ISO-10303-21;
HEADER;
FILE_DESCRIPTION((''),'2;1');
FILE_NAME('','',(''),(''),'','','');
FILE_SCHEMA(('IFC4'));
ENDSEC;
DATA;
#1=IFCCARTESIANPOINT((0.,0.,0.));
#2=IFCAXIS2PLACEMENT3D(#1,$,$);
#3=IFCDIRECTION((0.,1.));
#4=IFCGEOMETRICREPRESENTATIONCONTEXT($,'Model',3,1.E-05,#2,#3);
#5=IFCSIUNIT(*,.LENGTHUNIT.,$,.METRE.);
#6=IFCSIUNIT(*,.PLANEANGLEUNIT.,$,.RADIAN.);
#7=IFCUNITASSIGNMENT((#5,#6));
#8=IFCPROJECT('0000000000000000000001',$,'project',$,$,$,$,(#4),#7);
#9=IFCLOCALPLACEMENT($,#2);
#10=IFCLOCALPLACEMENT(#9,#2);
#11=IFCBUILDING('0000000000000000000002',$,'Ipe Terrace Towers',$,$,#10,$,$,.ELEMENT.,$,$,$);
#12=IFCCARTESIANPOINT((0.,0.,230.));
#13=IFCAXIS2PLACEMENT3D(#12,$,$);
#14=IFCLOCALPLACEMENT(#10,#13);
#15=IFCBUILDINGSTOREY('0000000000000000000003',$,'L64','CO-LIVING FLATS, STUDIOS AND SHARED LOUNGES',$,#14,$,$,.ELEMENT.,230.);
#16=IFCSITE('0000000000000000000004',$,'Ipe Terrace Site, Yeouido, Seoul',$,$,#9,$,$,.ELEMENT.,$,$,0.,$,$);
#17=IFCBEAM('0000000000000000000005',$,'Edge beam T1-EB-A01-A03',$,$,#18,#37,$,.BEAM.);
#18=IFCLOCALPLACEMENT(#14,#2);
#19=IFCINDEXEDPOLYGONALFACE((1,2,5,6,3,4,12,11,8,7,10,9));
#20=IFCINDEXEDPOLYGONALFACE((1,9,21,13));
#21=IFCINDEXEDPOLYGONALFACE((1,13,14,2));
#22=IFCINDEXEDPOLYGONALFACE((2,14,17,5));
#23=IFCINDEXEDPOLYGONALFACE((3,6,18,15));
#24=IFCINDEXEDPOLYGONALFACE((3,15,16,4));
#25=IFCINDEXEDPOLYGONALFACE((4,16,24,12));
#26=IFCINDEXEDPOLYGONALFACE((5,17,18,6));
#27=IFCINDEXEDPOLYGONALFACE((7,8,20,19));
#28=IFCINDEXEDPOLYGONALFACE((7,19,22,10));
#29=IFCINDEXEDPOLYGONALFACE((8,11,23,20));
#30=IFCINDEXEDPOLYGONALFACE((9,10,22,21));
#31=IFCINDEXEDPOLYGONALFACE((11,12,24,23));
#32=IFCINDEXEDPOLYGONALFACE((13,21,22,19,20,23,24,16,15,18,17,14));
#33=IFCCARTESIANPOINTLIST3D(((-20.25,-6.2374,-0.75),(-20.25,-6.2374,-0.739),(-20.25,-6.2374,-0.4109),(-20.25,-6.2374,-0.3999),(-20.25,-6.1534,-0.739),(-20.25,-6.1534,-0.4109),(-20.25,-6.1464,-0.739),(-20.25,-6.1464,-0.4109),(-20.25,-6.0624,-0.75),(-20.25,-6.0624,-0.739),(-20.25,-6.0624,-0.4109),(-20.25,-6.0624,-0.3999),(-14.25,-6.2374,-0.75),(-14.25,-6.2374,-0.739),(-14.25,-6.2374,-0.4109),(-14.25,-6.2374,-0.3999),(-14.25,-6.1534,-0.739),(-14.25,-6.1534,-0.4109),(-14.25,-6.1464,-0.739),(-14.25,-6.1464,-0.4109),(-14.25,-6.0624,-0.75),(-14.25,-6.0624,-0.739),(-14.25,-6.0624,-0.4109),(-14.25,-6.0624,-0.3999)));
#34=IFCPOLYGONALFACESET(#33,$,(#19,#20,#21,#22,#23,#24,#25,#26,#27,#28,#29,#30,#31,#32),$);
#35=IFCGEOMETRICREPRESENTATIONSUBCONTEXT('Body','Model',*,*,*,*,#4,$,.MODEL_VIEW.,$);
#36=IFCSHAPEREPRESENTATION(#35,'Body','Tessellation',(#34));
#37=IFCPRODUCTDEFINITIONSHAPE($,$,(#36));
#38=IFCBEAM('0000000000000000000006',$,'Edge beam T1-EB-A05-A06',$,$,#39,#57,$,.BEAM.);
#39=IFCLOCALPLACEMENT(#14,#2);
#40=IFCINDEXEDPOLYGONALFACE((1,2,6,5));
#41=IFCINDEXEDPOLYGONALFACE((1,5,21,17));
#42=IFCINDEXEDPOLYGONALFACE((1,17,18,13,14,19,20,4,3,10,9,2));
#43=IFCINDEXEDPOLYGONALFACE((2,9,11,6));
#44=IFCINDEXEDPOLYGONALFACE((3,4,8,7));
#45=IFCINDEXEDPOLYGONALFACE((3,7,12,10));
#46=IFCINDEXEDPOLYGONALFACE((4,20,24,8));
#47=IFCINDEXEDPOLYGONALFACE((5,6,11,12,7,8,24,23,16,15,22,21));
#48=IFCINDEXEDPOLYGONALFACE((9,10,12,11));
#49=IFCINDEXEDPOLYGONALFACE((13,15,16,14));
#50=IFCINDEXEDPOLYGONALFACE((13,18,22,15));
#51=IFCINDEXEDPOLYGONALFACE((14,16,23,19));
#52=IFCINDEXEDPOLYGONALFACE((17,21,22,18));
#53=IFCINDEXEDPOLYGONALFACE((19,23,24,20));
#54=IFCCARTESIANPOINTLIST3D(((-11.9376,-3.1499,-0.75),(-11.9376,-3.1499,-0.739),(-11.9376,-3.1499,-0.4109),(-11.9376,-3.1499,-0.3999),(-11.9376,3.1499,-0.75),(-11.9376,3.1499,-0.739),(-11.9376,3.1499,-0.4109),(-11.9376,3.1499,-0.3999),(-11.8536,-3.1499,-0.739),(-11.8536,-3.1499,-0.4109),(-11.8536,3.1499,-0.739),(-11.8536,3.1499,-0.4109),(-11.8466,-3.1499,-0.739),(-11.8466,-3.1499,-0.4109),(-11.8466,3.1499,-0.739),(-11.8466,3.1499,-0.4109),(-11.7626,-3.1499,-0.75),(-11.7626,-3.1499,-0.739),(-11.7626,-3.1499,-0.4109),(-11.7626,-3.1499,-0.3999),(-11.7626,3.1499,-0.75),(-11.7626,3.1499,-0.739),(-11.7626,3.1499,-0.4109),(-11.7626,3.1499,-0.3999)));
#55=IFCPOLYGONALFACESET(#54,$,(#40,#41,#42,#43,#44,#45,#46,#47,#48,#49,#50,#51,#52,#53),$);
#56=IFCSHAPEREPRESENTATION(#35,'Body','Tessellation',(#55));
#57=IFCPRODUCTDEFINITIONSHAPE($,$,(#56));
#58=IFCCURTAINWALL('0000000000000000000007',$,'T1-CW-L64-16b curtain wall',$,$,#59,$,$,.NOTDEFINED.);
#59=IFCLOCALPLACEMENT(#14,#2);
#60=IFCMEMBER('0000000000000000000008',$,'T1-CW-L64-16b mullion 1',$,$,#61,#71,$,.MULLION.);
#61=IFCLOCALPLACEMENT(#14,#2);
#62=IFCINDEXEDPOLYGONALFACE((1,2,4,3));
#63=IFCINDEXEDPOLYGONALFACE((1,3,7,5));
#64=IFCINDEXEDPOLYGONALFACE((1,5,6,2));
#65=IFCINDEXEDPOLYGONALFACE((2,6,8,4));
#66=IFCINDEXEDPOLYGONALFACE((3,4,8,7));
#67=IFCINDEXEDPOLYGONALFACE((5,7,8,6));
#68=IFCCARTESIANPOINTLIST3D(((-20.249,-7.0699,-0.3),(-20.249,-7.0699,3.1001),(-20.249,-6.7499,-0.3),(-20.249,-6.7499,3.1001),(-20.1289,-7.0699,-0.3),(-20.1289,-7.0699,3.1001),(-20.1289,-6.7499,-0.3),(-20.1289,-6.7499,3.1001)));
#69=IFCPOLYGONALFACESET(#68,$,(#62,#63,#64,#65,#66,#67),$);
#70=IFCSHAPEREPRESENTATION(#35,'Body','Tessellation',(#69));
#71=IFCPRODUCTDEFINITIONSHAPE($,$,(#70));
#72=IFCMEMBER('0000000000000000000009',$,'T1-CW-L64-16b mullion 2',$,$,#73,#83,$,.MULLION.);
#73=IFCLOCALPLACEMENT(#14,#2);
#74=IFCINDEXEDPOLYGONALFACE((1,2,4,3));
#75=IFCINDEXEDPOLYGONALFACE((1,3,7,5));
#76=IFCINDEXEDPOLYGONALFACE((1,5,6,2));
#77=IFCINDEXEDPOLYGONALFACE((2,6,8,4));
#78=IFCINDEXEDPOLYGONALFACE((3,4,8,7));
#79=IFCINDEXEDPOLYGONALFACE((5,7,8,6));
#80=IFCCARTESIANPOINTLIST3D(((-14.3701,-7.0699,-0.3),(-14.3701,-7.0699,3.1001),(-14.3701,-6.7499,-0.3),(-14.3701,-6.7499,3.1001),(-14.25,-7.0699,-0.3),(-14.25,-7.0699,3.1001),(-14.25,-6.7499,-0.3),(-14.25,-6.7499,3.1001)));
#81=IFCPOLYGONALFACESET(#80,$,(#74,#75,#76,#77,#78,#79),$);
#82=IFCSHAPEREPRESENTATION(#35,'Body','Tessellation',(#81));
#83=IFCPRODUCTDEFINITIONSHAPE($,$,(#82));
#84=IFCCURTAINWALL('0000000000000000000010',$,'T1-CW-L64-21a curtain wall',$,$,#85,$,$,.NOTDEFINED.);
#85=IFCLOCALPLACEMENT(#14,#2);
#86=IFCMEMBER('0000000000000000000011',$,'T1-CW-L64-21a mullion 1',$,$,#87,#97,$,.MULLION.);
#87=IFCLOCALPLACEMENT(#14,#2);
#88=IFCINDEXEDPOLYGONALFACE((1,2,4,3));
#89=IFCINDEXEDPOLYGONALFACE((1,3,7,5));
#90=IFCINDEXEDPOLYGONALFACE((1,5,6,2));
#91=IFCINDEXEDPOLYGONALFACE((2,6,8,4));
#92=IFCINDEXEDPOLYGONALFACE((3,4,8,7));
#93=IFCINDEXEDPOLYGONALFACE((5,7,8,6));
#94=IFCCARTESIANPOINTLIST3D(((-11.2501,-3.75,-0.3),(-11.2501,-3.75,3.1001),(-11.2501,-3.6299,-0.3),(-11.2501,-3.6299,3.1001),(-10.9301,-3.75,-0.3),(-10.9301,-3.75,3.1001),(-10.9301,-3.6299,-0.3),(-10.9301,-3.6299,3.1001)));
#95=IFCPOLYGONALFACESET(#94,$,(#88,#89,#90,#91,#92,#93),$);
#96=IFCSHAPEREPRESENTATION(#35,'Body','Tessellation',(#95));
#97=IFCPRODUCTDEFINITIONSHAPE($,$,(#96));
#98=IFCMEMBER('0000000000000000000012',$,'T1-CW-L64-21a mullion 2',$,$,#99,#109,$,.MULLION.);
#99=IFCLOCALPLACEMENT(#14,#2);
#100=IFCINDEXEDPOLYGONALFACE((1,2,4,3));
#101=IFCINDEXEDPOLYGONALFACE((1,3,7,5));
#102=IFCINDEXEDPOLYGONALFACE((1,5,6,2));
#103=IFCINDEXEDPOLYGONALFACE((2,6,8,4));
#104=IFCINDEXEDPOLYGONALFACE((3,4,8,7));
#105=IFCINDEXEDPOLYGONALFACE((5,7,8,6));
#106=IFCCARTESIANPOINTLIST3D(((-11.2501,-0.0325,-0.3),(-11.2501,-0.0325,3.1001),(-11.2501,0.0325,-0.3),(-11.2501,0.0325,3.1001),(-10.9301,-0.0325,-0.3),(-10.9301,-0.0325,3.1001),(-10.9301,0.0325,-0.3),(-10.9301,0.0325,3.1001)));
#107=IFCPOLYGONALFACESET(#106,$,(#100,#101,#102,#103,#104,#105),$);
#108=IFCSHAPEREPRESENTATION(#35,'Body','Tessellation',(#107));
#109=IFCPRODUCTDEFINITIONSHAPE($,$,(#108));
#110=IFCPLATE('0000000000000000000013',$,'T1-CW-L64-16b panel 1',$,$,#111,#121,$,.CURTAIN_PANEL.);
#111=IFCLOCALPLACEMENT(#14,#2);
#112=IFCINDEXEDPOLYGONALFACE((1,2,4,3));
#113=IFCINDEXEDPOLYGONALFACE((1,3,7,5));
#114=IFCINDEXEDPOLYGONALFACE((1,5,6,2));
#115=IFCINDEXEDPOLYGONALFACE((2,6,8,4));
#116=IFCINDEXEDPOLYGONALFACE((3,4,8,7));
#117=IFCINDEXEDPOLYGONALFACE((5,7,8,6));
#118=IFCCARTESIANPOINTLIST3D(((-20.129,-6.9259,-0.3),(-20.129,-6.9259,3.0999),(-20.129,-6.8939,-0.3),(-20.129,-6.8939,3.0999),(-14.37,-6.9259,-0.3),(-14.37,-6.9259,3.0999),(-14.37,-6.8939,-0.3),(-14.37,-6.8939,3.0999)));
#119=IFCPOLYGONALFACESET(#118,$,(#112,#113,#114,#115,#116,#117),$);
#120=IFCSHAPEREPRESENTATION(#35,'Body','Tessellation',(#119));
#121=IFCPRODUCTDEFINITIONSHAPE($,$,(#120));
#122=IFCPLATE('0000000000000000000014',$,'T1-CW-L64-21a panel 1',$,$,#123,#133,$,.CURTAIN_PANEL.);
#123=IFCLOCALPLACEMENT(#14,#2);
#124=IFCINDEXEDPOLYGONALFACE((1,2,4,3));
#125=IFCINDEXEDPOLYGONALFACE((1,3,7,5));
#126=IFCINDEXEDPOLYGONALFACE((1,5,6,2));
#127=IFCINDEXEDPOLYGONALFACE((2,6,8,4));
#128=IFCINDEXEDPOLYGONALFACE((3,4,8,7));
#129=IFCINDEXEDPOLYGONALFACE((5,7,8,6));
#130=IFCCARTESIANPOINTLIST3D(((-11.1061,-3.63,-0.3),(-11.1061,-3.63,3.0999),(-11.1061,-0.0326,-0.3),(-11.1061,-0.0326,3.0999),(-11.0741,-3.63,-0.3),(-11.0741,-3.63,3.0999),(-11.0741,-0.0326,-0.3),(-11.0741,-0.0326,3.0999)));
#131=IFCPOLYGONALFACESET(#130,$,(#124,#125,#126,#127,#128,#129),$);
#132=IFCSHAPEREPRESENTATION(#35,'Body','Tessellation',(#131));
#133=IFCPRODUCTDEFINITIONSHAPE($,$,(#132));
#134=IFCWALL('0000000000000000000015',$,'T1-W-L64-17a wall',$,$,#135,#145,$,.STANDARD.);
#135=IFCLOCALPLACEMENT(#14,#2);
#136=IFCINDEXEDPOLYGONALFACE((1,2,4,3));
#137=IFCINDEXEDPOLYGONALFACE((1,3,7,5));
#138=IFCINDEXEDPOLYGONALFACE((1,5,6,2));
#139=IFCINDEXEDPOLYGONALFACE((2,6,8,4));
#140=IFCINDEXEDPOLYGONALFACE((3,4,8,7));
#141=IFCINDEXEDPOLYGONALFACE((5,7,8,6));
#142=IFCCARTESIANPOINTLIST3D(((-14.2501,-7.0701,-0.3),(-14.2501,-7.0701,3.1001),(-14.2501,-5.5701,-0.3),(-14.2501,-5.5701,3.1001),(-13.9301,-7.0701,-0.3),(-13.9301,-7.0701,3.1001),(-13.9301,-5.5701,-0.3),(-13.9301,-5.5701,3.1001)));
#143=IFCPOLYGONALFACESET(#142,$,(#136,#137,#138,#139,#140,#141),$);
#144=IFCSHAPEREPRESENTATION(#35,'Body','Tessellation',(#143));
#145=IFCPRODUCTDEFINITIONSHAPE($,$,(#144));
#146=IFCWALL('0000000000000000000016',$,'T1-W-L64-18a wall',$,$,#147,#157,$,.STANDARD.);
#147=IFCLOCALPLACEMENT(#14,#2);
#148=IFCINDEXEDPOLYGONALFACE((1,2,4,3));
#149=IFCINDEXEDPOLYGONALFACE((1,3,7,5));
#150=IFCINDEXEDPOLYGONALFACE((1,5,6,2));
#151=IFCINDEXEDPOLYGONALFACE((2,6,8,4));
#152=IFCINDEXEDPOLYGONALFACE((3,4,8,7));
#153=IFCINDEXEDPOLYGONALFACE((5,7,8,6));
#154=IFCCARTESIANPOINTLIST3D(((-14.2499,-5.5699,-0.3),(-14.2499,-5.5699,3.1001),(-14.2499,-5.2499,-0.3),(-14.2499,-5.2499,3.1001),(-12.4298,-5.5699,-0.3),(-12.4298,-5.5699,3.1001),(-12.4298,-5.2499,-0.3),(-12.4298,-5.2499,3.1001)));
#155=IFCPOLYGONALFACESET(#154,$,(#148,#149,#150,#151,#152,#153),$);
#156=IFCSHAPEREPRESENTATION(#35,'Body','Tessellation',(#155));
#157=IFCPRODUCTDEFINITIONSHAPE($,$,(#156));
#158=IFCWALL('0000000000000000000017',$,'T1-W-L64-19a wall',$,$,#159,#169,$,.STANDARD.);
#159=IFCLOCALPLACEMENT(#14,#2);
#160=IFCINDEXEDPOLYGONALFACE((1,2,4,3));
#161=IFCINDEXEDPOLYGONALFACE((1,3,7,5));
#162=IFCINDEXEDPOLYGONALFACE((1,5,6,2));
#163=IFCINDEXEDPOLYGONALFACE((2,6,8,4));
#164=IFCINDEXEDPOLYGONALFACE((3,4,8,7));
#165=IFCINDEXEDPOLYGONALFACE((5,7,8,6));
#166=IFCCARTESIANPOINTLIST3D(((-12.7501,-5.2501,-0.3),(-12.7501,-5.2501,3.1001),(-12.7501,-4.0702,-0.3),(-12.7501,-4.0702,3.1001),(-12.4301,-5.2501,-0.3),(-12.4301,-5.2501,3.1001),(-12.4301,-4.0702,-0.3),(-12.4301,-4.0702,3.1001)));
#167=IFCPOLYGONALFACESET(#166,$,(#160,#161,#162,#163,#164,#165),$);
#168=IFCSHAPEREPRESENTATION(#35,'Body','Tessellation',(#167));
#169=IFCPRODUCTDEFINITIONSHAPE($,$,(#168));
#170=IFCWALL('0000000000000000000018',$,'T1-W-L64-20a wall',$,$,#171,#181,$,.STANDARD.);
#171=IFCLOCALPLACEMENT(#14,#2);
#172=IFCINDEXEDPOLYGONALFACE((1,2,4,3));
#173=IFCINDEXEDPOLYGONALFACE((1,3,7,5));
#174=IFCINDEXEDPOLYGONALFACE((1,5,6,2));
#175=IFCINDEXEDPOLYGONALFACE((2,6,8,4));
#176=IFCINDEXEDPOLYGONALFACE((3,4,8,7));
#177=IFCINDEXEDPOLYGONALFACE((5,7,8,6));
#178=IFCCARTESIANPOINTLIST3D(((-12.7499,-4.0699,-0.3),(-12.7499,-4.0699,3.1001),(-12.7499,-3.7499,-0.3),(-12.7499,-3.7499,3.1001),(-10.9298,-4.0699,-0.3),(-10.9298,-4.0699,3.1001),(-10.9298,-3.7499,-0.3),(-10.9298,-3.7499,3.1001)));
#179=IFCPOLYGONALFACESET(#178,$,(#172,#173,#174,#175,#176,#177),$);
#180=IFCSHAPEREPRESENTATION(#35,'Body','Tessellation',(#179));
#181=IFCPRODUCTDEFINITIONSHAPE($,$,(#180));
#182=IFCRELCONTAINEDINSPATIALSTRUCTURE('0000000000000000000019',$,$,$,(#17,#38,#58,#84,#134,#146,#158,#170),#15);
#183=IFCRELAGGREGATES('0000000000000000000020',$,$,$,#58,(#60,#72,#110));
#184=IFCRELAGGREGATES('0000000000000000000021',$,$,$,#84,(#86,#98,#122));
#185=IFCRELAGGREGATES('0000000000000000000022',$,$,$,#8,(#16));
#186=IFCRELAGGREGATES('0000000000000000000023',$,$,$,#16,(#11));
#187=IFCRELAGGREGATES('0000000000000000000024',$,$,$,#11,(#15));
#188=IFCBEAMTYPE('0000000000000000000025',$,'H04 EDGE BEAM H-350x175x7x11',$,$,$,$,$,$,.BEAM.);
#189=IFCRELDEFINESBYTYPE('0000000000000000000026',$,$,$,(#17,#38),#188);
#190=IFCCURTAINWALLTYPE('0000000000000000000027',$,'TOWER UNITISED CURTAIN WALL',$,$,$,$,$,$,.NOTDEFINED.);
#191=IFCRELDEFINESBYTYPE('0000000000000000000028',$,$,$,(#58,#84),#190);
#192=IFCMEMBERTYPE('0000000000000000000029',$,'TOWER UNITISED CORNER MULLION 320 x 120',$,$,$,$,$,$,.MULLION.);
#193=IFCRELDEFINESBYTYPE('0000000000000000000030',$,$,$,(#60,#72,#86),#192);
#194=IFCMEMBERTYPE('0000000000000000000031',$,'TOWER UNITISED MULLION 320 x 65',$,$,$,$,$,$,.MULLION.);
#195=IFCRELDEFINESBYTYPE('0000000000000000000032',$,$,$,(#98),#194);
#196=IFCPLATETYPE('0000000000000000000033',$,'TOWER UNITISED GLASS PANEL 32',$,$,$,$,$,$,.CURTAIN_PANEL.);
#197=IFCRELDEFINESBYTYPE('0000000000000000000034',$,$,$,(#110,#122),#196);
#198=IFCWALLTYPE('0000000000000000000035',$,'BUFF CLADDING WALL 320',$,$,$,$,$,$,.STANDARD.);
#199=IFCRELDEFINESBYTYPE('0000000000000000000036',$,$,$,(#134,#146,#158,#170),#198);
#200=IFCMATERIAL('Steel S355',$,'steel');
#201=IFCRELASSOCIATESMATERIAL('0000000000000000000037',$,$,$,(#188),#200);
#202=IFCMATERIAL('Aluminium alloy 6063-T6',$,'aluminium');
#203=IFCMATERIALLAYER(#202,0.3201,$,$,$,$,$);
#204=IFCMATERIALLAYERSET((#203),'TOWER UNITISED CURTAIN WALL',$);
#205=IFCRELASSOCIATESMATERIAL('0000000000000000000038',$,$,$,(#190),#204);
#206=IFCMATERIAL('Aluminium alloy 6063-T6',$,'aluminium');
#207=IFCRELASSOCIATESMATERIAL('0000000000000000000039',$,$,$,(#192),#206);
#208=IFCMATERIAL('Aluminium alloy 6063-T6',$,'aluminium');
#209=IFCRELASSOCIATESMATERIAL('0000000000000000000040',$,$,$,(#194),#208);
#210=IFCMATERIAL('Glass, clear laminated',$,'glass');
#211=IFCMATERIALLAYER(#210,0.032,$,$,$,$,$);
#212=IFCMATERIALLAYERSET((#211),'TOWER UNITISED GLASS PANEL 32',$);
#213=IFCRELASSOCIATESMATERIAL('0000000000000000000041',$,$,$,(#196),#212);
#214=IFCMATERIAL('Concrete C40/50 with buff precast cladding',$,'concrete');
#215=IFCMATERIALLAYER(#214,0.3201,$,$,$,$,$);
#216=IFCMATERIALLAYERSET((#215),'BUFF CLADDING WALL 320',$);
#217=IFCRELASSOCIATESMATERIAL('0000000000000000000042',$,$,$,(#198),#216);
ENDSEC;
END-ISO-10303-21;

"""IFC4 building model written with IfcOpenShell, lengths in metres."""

from ifc_helpers import new_model, si_unit, direction, frame, frame_2d, origin, origin_2d, place, context, subcontext, project, spatial, rectangle, i_section, extrude, material, layer, layer_set, material_profile, profile_set, type_object, element, aggregate, save


model = new_model("IFC4")

# Units and contexts
model_context = context("Model", 3, precision=1e-05, world=origin(), true_north=direction((0.0, 1.0)))
body_context = subcontext(model_context, "Body", "Model", "MODEL_VIEW")
ifc_project = project(units=[si_unit("LENGTHUNIT", "METRE"), si_unit("PLANEANGLEUNIT", "RADIAN")], contexts=[model_context])

# Site, building, storey
site_placement = place(None, origin())
site = spatial("IfcSite", under=ifc_project, at=site_placement, Name="Ipe Terrace Site, Yeouido, Seoul", CompositionType="ELEMENT", RefElevation=0.0)
building_placement = place(site_placement, origin())
building = spatial("IfcBuilding", under=site, at=building_placement, Name="Ipe Terrace Towers", CompositionType="ELEMENT")
storey_placement = place(building_placement, frame((0.0, 0.0, 230.0)))
storey = spatial("IfcBuildingStorey", under=building, at=storey_placement, Name="L64", Description="CO-LIVING FLATS, STUDIOS AND SHARED LOUNGES", CompositionType="ELEMENT", Elevation=230.0)

# Beams
ifc_material_1 = material(Name="Steel S355", Category="steel")
ifc_material_profile_1 = material_profile(ifc_material_1, i_section(OverallWidth=0.175, OverallDepth=0.3501, WebThickness=0.0071, FlangeThickness=0.011, at=origin_2d()), Name="H-350x175x7x11")
ifc_profile_set_1 = profile_set([ifc_material_profile_1], Name="Steel S355")
beam_type_1 = type_object("IfcBeamType", Name="H04 EDGE BEAM H-350x175x7x11", PredefinedType="BEAM", material=ifc_profile_set_1)
beam_1_placement = place(storey_placement, frame((-20.25, -6.1499, -0.575), z_axis=(1.0, 0.0, 0.0), x_axis=(0.0, 1.0, 0.0)))
element("IfcBeam", 1, at=beam_1_placement, inside=storey, type_object=beam_type_1, Name="Edge beam T1-EB-A01-A03", PredefinedType="BEAM", context=body_context, shape_type="SweptSolid", body=[
    extrude(i_section(OverallWidth=0.175, OverallDepth=0.3501, WebThickness=0.0071, FlangeThickness=0.011, at=origin_2d()), origin(), (0.0, 0.0, 1.0), 6.0),
])
beam_2_placement = place(storey_placement, frame((-11.8501, -3.1499, -0.575), z_axis=(0.0, 1.0, 0.0), x_axis=(-1.0, 0.0, 0.0)))
element("IfcBeam", 2, at=beam_2_placement, inside=storey, type_object=beam_type_1, Name="Edge beam T1-EB-A05-A06", PredefinedType="BEAM", context=body_context, shape_type="SweptSolid", body=[
    extrude(i_section(OverallWidth=0.175, OverallDepth=0.3501, WebThickness=0.0071, FlangeThickness=0.011, at=origin_2d()), origin(), (0.0, 0.0, 1.0), 6.2998),
])

# Curtain walls, members
ifc_material_2 = material(Name="Aluminium alloy 6063-T6", Category="aluminium")
ifc_layer_1 = layer(ifc_material_2, 0.3201)
ifc_layer_set_1 = layer_set([ifc_layer_1], Name="TOWER UNITISED CURTAIN WALL")
curtain_wall_type = type_object("IfcCurtainWallType", Name="TOWER UNITISED CURTAIN WALL", PredefinedType="NOTDEFINED", material=ifc_layer_set_1)
curtain_wall_1_placement = place(storey_placement, origin())
curtain_wall_1 = element("IfcCurtainWall", 3, at=curtain_wall_1_placement, inside=storey, type_object=curtain_wall_type, Name="T1-CW-L64-16b curtain wall", PredefinedType="NOTDEFINED")
ifc_material_3 = material(Name="Aluminium alloy 6063-T6", Category="aluminium")
ifc_material_profile_2 = material_profile(ifc_material_3, rectangle(XDim=0.3201, YDim=0.1201, at=origin_2d()), Name="TOWER UNITISED CORNER MULLION 320 x 120")
ifc_profile_set_2 = profile_set([ifc_material_profile_2], Name="Aluminium alloy 6063-T6")
member_type_1 = type_object("IfcMemberType", Name="TOWER UNITISED CORNER MULLION 320 x 120", PredefinedType="MULLION", material=ifc_profile_set_2)
member_1_placement = place(storey_placement, frame((-20.189, -6.9099, -0.3), z_axis=(0.0, 0.0, 1.0), x_axis=(0.0, -1.0, 0.0)))
member_1 = element("IfcMember", 4, at=member_1_placement, type_object=member_type_1, Name="T1-CW-L64-16b mullion 1", PredefinedType="MULLION", context=body_context, shape_type="SweptSolid", body=[
    extrude(rectangle(XDim=0.3201, YDim=0.1201, at=origin_2d()), origin(), (0.0, 0.0, 1.0), 3.4001),
])
member_2_placement = place(storey_placement, frame((-14.3101, -6.9099, -0.3), z_axis=(0.0, 0.0, 1.0), x_axis=(0.0, -1.0, 0.0)))
member_2 = element("IfcMember", 5, at=member_2_placement, type_object=member_type_1, Name="T1-CW-L64-16b mullion 2", PredefinedType="MULLION", context=body_context, shape_type="SweptSolid", body=[
    extrude(rectangle(XDim=0.3201, YDim=0.1201, at=origin_2d()), origin(), (0.0, 0.0, 1.0), 3.4001),
])
curtain_wall_2_placement = place(storey_placement, origin())
curtain_wall_2 = element("IfcCurtainWall", 6, at=curtain_wall_2_placement, inside=storey, type_object=curtain_wall_type, Name="T1-CW-L64-21a curtain wall", PredefinedType="NOTDEFINED")
member_3_placement = place(storey_placement, frame((-11.0901, -3.6899, -0.3), z_axis=(0.0, 0.0, 1.0), x_axis=(1.0, 0.0, 0.0)))
member_3 = element("IfcMember", 7, at=member_3_placement, type_object=member_type_1, Name="T1-CW-L64-21a mullion 1", PredefinedType="MULLION", context=body_context, shape_type="SweptSolid", body=[
    extrude(rectangle(XDim=0.3201, YDim=0.1201, at=origin_2d()), origin(), (0.0, 0.0, 1.0), 3.4001),
])
ifc_material_4 = material(Name="Aluminium alloy 6063-T6", Category="aluminium")
ifc_material_profile_3 = material_profile(ifc_material_4, rectangle(XDim=0.3201, YDim=0.0649, at=origin_2d()), Name="TOWER UNITISED MULLION 320 x 65")
ifc_profile_set_3 = profile_set([ifc_material_profile_3], Name="Aluminium alloy 6063-T6")
member_type_2 = type_object("IfcMemberType", Name="TOWER UNITISED MULLION 320 x 65", PredefinedType="MULLION", material=ifc_profile_set_3)
member_4_placement = place(storey_placement, frame((-11.0901, 0.0, -0.3), z_axis=(0.0, 0.0, 1.0), x_axis=(1.0, 0.0, 0.0)))
member_4 = element("IfcMember", 8, at=member_4_placement, type_object=member_type_2, Name="T1-CW-L64-21a mullion 2", PredefinedType="MULLION", context=body_context, shape_type="SweptSolid", body=[
    extrude(rectangle(XDim=0.3201, YDim=0.0649, at=origin_2d()), origin(), (0.0, 0.0, 1.0), 3.4001),
])

# Plates
ifc_material_5 = material(Name="Glass, clear laminated", Category="glass")
ifc_layer_2 = layer(ifc_material_5, 0.032)
ifc_layer_set_2 = layer_set([ifc_layer_2], Name="TOWER UNITISED GLASS PANEL 32")
plate_type = type_object("IfcPlateType", Name="TOWER UNITISED GLASS PANEL 32", PredefinedType="CURTAIN_PANEL", material=ifc_layer_set_2)
plate_1_placement = place(storey_placement, frame((-17.2495, -6.9099, -0.3), z_axis=(0.0, 0.0, 1.0), x_axis=(1.0, 0.0, 0.0)))
plate_1 = element("IfcPlate", 9, at=plate_1_placement, type_object=plate_type, Name="T1-CW-L64-16b panel 1", PredefinedType="CURTAIN_PANEL", context=body_context, shape_type="SweptSolid", body=[
    extrude(rectangle(XDim=5.759, YDim=0.032, at=origin_2d()), origin(), (0.0, 0.0, 1.0), 3.3999),
])
aggregate(curtain_wall_1, [member_1, member_2, plate_1])
plate_2_placement = place(storey_placement, frame((-11.0901, -1.8313, -0.3), z_axis=(0.0, 0.0, 1.0), x_axis=(0.0, 1.0, 0.0)))
plate_2 = element("IfcPlate", 10, at=plate_2_placement, type_object=plate_type, Name="T1-CW-L64-21a panel 1", PredefinedType="CURTAIN_PANEL", context=body_context, shape_type="SweptSolid", body=[
    extrude(rectangle(XDim=3.5974, YDim=0.032, at=origin_2d()), origin(), (0.0, 0.0, 1.0), 3.3999),
])
aggregate(curtain_wall_2, [member_3, member_4, plate_2])

# Walls
ifc_material_6 = material(Name="Concrete C40/50 with buff precast cladding", Category="concrete")
ifc_layer_3 = layer(ifc_material_6, 0.3201)
ifc_layer_set_3 = layer_set([ifc_layer_3], Name="BUFF CLADDING WALL 320")
wall_type_1 = type_object("IfcWallType", Name="BUFF CLADDING WALL 320", PredefinedType="STANDARD", material=ifc_layer_set_3)
wall_1_placement = place(storey_placement, frame((-14.0901, -7.0701, -0.3), z_axis=(0.0, 0.0, 1.0), x_axis=(0.0, 1.0, 0.0)))
element("IfcWall", 11, at=wall_1_placement, inside=storey, type_object=wall_type_1, Name="T1-W-L64-17a wall", PredefinedType="STANDARD", context=body_context, shape_type="SweptSolid", body=[
    extrude(rectangle(XDim=1.5, YDim=0.3201, at=frame_2d((0.75, 0.0))), origin(), (0.0, 0.0, 1.0), 3.4001),
])
wall_2_placement = place(storey_placement, frame((-14.25, -5.4099, -0.3), z_axis=(0.0, 0.0, 1.0), x_axis=(1.0, 0.0, 0.0)))
element("IfcWall", 12, at=wall_2_placement, inside=storey, type_object=wall_type_1, Name="T1-W-L64-18a wall", PredefinedType="STANDARD", context=body_context, shape_type="SweptSolid", body=[
    extrude(rectangle(XDim=1.8201, YDim=0.3201, at=frame_2d((0.9102, 0.0))), origin(), (0.0, 0.0, 1.0), 3.4001),
])
wall_3_placement = place(storey_placement, frame((-12.5901, -5.25, -0.3), z_axis=(0.0, 0.0, 1.0), x_axis=(0.0, 1.0, 0.0)))
element("IfcWall", 13, at=wall_3_placement, inside=storey, type_object=wall_type_1, Name="T1-W-L64-19a wall", PredefinedType="STANDARD", context=body_context, shape_type="SweptSolid", body=[
    extrude(rectangle(XDim=1.1799, YDim=0.3201, at=frame_2d((0.5898, 0.0))), origin(), (0.0, 0.0, 1.0), 3.4001),
])
wall_4_placement = place(storey_placement, frame((-12.75, -3.9099, -0.3), z_axis=(0.0, 0.0, 1.0), x_axis=(1.0, 0.0, 0.0)))
element("IfcWall", 14, at=wall_4_placement, inside=storey, type_object=wall_type_1, Name="T1-W-L64-20a wall", PredefinedType="STANDARD", context=body_context, shape_type="SweptSolid", body=[
    extrude(rectangle(XDim=1.8201, YDim=0.3201, at=frame_2d((0.9102, 0.0))), origin(), (0.0, 0.0, 1.0), 3.4001),
])

save(model, "model.ifc")
